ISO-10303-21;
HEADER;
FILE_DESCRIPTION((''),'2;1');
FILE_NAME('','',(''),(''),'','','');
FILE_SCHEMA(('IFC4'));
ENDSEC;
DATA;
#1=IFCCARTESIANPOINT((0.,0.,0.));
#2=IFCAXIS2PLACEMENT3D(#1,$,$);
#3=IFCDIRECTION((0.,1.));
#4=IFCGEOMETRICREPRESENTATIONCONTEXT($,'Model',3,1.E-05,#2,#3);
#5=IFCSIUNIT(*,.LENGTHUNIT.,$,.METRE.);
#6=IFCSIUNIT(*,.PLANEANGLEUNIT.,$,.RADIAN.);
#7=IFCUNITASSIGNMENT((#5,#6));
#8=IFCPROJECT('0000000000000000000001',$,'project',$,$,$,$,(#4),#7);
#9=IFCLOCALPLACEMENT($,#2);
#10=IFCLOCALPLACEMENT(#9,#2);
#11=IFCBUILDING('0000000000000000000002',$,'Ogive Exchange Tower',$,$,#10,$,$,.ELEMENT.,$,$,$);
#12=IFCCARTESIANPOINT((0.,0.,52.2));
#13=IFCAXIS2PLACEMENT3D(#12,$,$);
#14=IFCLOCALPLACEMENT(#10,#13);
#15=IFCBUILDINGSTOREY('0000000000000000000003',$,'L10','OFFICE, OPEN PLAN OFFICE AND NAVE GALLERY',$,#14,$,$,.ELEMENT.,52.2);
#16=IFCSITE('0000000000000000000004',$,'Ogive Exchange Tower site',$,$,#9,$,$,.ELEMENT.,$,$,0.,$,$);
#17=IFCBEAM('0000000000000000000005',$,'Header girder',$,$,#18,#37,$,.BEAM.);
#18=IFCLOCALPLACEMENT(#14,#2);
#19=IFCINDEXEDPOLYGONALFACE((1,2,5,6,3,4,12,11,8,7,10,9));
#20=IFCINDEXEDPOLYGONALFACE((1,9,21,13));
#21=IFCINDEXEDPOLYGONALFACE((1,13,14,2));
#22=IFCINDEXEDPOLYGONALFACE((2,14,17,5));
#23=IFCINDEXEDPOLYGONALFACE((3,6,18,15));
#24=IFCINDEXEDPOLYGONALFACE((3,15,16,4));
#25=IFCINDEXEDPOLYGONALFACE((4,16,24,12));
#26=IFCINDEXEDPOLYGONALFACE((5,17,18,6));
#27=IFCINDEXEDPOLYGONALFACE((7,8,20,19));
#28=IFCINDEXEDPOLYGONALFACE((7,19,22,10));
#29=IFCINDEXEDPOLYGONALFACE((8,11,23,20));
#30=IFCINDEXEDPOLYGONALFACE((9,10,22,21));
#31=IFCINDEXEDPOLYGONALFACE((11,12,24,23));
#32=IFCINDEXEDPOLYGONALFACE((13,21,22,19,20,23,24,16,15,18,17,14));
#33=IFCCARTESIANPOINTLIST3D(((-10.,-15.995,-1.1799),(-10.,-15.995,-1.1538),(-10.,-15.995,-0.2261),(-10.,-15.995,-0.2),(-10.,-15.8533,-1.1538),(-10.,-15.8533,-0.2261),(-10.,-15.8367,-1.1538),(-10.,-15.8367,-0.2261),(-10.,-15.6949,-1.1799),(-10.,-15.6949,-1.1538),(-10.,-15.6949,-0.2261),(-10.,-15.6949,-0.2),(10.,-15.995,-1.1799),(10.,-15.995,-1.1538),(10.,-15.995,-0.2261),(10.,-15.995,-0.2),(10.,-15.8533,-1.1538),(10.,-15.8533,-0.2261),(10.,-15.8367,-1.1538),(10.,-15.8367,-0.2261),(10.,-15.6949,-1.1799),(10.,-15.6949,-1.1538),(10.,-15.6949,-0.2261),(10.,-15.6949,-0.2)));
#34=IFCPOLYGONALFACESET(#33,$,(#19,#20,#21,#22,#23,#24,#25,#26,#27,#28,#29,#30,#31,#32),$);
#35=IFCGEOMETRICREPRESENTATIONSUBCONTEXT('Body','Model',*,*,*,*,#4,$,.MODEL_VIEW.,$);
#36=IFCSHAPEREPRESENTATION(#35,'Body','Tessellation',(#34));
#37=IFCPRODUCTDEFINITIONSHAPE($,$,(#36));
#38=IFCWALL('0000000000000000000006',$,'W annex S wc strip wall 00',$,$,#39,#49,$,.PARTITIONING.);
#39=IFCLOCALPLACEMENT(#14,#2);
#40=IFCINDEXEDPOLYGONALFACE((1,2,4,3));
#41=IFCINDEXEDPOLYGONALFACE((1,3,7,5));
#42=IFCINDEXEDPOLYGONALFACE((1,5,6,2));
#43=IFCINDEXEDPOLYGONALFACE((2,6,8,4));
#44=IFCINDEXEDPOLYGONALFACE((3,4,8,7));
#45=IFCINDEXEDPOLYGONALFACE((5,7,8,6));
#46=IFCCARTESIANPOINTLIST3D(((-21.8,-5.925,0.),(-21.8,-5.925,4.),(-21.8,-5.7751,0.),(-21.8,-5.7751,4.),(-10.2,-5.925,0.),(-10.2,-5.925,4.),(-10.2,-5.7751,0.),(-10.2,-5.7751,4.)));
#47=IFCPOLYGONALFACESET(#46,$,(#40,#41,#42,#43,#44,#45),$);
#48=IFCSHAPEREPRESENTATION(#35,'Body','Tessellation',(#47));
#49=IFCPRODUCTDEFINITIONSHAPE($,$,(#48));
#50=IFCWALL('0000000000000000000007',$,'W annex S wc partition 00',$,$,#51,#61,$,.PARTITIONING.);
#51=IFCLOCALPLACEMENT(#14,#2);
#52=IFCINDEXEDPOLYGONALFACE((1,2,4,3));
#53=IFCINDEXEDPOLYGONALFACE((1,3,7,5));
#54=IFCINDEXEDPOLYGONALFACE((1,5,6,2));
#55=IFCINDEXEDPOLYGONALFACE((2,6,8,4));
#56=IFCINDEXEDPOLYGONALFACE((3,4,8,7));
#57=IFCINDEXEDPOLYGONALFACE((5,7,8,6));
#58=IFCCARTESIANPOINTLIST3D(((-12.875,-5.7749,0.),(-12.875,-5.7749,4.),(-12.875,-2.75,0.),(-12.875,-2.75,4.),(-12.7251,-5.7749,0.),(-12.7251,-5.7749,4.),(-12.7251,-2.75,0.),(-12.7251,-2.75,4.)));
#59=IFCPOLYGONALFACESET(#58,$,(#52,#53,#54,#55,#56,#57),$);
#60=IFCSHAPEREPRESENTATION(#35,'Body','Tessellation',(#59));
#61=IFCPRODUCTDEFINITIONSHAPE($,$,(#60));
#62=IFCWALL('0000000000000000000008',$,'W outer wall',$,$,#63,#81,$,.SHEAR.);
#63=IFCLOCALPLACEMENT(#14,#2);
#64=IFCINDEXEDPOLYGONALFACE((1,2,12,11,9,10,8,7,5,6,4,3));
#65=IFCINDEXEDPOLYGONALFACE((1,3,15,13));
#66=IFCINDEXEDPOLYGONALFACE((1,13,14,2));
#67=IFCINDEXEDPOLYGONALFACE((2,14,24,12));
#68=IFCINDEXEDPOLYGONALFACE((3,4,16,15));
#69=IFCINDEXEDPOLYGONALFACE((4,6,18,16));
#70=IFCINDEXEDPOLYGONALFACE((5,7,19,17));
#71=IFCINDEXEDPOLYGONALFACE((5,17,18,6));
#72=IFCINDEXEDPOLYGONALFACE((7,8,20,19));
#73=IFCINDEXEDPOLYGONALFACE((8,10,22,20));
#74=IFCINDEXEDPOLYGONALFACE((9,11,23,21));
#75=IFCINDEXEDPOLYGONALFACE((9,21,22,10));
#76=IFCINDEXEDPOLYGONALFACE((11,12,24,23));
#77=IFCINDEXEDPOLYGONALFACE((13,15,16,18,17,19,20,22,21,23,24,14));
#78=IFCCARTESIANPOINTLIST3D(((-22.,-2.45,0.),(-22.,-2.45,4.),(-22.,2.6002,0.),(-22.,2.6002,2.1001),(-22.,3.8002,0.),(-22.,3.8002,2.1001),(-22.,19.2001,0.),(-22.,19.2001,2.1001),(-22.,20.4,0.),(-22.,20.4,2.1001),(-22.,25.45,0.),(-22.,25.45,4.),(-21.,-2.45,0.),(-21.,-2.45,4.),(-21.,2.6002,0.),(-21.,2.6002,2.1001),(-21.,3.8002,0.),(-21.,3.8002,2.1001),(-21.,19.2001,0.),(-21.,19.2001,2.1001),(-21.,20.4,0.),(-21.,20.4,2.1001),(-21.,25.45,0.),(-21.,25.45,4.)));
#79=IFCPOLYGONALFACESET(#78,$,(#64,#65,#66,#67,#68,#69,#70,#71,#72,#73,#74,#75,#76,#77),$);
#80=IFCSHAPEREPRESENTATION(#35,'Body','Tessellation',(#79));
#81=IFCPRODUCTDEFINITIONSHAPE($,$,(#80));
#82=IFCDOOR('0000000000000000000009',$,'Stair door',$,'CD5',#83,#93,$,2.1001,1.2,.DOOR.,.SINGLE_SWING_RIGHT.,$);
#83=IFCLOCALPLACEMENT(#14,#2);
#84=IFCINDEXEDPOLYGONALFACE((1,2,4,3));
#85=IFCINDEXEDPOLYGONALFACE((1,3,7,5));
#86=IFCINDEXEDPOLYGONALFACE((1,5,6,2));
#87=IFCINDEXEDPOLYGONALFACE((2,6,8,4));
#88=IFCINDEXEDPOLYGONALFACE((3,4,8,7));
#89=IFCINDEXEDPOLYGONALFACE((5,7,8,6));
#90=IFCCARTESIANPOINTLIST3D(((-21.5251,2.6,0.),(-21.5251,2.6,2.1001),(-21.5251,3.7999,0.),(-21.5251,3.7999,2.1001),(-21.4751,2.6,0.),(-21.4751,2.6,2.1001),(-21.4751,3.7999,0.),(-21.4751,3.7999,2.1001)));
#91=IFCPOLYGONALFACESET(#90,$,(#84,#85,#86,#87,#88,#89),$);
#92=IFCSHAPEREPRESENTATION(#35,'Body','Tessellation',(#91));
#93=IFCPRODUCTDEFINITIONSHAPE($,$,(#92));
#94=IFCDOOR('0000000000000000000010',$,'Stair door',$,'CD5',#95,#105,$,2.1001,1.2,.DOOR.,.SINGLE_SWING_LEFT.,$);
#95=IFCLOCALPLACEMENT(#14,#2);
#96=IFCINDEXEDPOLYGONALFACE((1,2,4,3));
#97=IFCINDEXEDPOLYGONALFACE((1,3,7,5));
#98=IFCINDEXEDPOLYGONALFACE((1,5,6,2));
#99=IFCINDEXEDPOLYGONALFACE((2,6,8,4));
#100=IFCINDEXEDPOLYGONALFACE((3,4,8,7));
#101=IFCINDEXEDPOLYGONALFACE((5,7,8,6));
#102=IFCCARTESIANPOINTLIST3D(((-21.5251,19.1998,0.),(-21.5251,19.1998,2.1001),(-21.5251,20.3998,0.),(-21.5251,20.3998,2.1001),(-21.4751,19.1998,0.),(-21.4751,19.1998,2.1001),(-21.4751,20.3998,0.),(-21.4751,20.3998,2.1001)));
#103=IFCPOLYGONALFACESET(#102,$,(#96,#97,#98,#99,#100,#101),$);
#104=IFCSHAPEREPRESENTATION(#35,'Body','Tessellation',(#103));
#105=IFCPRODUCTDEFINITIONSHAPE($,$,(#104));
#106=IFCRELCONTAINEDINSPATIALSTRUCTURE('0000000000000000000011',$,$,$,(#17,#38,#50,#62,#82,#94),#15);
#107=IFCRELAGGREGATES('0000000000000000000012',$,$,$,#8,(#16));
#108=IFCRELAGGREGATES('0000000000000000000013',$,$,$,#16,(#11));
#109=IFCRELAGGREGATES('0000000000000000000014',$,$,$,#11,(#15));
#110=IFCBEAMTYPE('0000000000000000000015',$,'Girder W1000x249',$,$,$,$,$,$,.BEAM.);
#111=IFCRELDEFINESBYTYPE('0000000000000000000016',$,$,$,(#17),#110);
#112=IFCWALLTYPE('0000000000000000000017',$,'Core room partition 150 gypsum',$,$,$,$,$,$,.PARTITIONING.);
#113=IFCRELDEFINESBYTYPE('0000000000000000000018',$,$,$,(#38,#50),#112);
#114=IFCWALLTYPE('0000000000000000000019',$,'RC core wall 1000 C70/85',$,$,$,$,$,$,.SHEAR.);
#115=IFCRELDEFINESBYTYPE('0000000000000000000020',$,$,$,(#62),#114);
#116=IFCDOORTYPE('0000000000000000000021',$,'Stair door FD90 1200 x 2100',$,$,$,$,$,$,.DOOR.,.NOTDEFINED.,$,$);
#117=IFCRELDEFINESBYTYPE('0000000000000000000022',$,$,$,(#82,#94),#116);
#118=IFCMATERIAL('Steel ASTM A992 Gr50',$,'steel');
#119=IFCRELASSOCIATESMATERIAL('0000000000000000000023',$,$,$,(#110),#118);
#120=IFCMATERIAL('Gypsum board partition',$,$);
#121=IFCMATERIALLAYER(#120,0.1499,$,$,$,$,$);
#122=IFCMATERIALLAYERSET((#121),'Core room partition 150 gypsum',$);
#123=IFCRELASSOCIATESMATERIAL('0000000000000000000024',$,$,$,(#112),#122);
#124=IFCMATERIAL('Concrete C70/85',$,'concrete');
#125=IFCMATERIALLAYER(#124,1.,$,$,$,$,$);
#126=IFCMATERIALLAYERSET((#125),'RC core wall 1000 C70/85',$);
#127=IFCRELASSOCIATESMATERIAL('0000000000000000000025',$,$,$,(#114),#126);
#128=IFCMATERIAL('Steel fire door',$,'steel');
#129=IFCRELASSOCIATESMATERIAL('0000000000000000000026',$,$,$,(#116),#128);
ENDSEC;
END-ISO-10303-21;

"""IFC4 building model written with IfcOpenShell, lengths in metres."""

from ifc_helpers import new_model, si_unit, direction, frame, frame_2d, origin, origin_2d, place, context, subcontext, project, spatial, rectangle, i_section, extrude, material, layer, layer_set, material_profile, profile_set, type_object, element, fill, save


model = new_model("IFC4")

# Units and contexts
model_context = context("Model", 3, precision=1e-05, world=origin(), true_north=direction((0.0, 1.0)))
body_context = subcontext(model_context, "Body", "Model", "MODEL_VIEW")
ifc_project = project(units=[si_unit("LENGTHUNIT", "METRE"), si_unit("PLANEANGLEUNIT", "RADIAN")], contexts=[model_context])

# Site, building, storey
site_placement = place(None, origin())
site = spatial("IfcSite", under=ifc_project, at=site_placement, Name="Ogive Exchange Tower site", CompositionType="ELEMENT", RefElevation=0.0)
building_placement = place(site_placement, origin())
building = spatial("IfcBuilding", under=site, at=building_placement, Name="Ogive Exchange Tower", CompositionType="ELEMENT")
storey_placement = place(building_placement, frame((0.0, 0.0, 52.2)))
storey = spatial("IfcBuildingStorey", under=building, at=storey_placement, Name="L10", Description="OFFICE, OPEN PLAN OFFICE AND NAVE GALLERY", CompositionType="ELEMENT", Elevation=52.2)

# Beam
ifc_material_1 = material(Name="Steel ASTM A992 Gr50", Category="steel")
ifc_material_profile = material_profile(ifc_material_1, i_section(OverallWidth=0.3, OverallDepth=0.98, WebThickness=0.0166, FlangeThickness=0.0261, at=origin_2d()), Name="W1000x249")
ifc_profile_set = profile_set([ifc_material_profile], Name="Steel ASTM A992 Gr50")
beam_type = type_object("IfcBeamType", Name="Girder W1000x249", PredefinedType="BEAM", material=ifc_profile_set)
beam_placement = place(storey_placement, frame((-10.0, -15.845, -0.6899), z_axis=(1.0, 0.0, 0.0), x_axis=(0.0, 1.0, 0.0)))
element("IfcBeam", 1, at=beam_placement, inside=storey, type_object=beam_type, Name="Header girder", PredefinedType="BEAM", context=body_context, shape_type="SweptSolid", body=[
    extrude(i_section(OverallWidth=0.3, OverallDepth=0.98, WebThickness=0.0166, FlangeThickness=0.0261, at=origin_2d()), origin(), (0.0, 0.0, 1.0), 20.0),
])

# Walls
ifc_material_2 = material(Name="Gypsum board partition")
ifc_layer_1 = layer(ifc_material_2, 0.1499)
ifc_layer_set_1 = layer_set([ifc_layer_1], Name="Core room partition 150 gypsum")
wall_type_1 = type_object("IfcWallType", Name="Core room partition 150 gypsum", PredefinedType="PARTITIONING", material=ifc_layer_set_1)
wall_1_placement = place(storey_placement, frame((-21.8, -5.8501, 0.0), z_axis=(0.0, 0.0, 1.0), x_axis=(1.0, 0.0, 0.0)))
element("IfcWall", 2, at=wall_1_placement, inside=storey, type_object=wall_type_1, Name="W annex S wc strip wall 00", PredefinedType="PARTITIONING", context=body_context, shape_type="SweptSolid", body=[
    extrude(rectangle(XDim=11.6001, YDim=0.1499, at=frame_2d((5.8, 0.0))), origin(), (0.0, 0.0, 1.0), 4.0),
])
wall_2_placement = place(storey_placement, frame((-12.8, -5.7749, 0.0), z_axis=(0.0, 0.0, 1.0), x_axis=(0.0, 1.0, 0.0)))
element("IfcWall", 3, at=wall_2_placement, inside=storey, type_object=wall_type_1, Name="W annex S wc partition 00", PredefinedType="PARTITIONING", context=body_context, shape_type="SweptSolid", body=[
    extrude(rectangle(XDim=3.0249, YDim=0.1499, at=frame_2d((1.5125, 0.0))), origin(), (0.0, 0.0, 1.0), 4.0),
])

# Wall, openings, doors
ifc_material_3 = material(Name="Concrete C70/85", Category="concrete")
ifc_layer_2 = layer(ifc_material_3, 1.0)
ifc_layer_set_2 = layer_set([ifc_layer_2], Name="RC core wall 1000 C70/85")
wall_type_2 = type_object("IfcWallType", Name="RC core wall 1000 C70/85", PredefinedType="SHEAR", material=ifc_layer_set_2)
wall_3_placement = place(storey_placement, frame((-21.5, -2.45, 0.0), z_axis=(0.0, 0.0, 1.0), x_axis=(0.0, 1.0, 0.0)))
wall_3 = element("IfcWall", 4, at=wall_3_placement, inside=storey, type_object=wall_type_2, Name="W outer wall", PredefinedType="SHEAR", context=body_context, shape_type="SweptSolid", body=[
    extrude(rectangle(XDim=27.8999, YDim=1.0, at=frame_2d((13.95, 0.0))), origin(), (0.0, 0.0, 1.0), 4.0),
])
opening_1_placement = place(wall_3_placement, frame((5.05, 0.0, 0.0)))
opening_1 = element("IfcOpeningElement", 5, at=opening_1_placement, cuts=wall_3, PredefinedType="OPENING", context=body_context, shape_type="SweptSolid", body=[
    extrude(rectangle(XDim=1.2, YDim=2.1001, at=frame_2d((0.6001, 1.05))), frame((0.0, 0.51, 0.0), z_axis=(0.0, -1.0, 0.0), x_axis=(1.0, 0.0, 0.0)), (0.0, 0.0, 1.0), 1.02),
])
opening_2_placement = place(wall_3_placement, frame((21.6499, 0.0, 0.0)))
opening_2 = element("IfcOpeningElement", 6, at=opening_2_placement, cuts=wall_3, PredefinedType="OPENING", context=body_context, shape_type="SweptSolid", body=[
    extrude(rectangle(XDim=1.2, YDim=2.1001, at=frame_2d((0.6001, 1.05))), frame((0.0, 0.51, 0.0), z_axis=(0.0, -1.0, 0.0), x_axis=(1.0, 0.0, 0.0)), (0.0, 0.0, 1.0), 1.02),
])
ifc_material_4 = material(Name="Steel fire door", Category="steel")
door_type_1 = type_object("IfcDoorType", Name="Stair door FD90 1200 x 2100", OperationType="NOTDEFINED", PredefinedType="DOOR", material=ifc_material_4)
door_1_placement = place(opening_1_placement, frame((1.2, 0.0, 0.0), z_axis=(0.0, 0.0, 1.0), x_axis=(-1.0, 0.0, 0.0)))
door_1 = element("IfcDoor", 7, at=door_1_placement, inside=storey, type_object=door_type_1, Name="Stair door", ObjectType="CD5", OperationType="SINGLE_SWING_RIGHT", OverallHeight=2.1001, OverallWidth=1.2, PredefinedType="DOOR", context=body_context, shape_type="SweptSolid", body=[
    extrude(rectangle(XDim=1.2, YDim=2.1001, at=frame_2d((0.6001, 1.05))), frame((0.0, 0.0249, 0.0), z_axis=(0.0, -1.0, 0.0), x_axis=(1.0, 0.0, 0.0)), (0.0, 0.0, 1.0), 0.05),
])
fill(opening_1, door_1)
door_2_placement = place(opening_2_placement, frame((1.2, 0.0, 0.0), z_axis=(0.0, 0.0, 1.0), x_axis=(-1.0, 0.0, 0.0)))
door_2 = element("IfcDoor", 8, at=door_2_placement, inside=storey, type_object=door_type_1, Name="Stair door", ObjectType="CD5", OperationType="SINGLE_SWING_LEFT", OverallHeight=2.1001, OverallWidth=1.2, PredefinedType="DOOR", context=body_context, shape_type="SweptSolid", body=[
    extrude(rectangle(XDim=1.2, YDim=2.1001, at=frame_2d((0.6001, 1.05))), frame((0.0, 0.0249, 0.0), z_axis=(0.0, -1.0, 0.0), x_axis=(1.0, 0.0, 0.0)), (0.0, 0.0, 1.0), 0.05),
])
fill(opening_2, door_2)

save(model, "model.ifc")
